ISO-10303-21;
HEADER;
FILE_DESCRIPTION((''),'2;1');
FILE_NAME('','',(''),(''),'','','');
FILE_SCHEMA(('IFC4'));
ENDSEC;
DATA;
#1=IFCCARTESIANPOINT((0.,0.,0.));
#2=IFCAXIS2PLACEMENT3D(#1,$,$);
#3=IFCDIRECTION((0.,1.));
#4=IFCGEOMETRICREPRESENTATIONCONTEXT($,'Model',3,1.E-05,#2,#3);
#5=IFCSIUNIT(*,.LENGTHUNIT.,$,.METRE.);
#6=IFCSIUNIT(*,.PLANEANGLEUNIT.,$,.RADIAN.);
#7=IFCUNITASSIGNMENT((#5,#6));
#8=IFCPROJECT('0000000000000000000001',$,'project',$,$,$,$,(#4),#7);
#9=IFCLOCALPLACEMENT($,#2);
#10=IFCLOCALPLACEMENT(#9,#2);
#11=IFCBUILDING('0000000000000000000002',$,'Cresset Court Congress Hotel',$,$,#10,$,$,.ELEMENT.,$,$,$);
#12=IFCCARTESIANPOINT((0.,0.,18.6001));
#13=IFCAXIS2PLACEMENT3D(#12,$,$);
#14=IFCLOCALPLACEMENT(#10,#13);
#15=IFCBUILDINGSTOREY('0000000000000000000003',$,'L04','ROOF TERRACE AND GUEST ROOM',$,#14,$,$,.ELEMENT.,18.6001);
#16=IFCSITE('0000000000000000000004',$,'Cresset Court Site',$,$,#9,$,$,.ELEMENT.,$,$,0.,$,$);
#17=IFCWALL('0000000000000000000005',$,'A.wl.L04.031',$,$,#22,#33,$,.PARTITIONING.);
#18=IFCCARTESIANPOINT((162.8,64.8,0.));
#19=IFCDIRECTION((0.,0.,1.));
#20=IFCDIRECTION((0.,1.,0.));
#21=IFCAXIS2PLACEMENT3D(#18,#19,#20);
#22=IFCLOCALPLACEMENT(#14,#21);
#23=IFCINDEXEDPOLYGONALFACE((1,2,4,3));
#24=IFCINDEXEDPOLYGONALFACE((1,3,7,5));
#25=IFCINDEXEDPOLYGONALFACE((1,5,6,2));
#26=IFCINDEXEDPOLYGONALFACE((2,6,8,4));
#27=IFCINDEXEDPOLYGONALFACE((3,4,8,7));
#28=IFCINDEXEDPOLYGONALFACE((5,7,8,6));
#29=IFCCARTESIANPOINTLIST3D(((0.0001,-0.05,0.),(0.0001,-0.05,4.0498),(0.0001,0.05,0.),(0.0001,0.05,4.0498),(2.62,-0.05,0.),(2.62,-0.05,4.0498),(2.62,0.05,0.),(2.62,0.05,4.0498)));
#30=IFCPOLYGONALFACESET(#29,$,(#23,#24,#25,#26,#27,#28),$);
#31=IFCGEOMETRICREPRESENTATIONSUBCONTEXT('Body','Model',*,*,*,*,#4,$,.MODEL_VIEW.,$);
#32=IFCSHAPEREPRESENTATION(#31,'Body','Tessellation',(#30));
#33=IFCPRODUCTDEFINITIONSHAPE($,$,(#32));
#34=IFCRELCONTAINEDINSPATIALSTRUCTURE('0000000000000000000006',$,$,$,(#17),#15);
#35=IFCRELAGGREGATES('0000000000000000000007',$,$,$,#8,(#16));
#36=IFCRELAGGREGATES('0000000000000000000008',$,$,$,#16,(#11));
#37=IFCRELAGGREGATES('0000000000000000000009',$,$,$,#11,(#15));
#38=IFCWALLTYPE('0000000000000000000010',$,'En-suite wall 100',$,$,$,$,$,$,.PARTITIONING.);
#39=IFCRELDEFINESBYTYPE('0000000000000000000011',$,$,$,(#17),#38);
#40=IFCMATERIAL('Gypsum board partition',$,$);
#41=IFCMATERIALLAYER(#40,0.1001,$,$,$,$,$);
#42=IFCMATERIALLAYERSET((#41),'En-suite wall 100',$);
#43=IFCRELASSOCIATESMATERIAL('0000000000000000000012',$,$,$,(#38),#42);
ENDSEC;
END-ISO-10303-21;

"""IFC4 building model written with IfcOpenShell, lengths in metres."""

from ifc_helpers import new_model, si_unit, direction, frame, frame_2d, origin, place, context, subcontext, project, spatial, rectangle, extrude, material, layer, layer_set, type_object, element, save


model = new_model("IFC4")

# Units and contexts
model_context = context("Model", 3, precision=1e-05, world=origin(), true_north=direction((0.0, 1.0)))
body_context = subcontext(model_context, "Body", "Model", "MODEL_VIEW")
ifc_project = project(units=[si_unit("LENGTHUNIT", "METRE"), si_unit("PLANEANGLEUNIT", "RADIAN")], contexts=[model_context])

# Site, building, storey
site_placement = place(None, origin())
site = spatial("IfcSite", under=ifc_project, at=site_placement, Name="Cresset Court Site", CompositionType="ELEMENT", RefElevation=0.0)
building_placement = place(site_placement, origin())
building = spatial("IfcBuilding", under=site, at=building_placement, Name="Cresset Court Congress Hotel", CompositionType="ELEMENT")
storey_placement = place(building_placement, frame((0.0, 0.0, 18.6001)))
storey = spatial("IfcBuildingStorey", under=building, at=storey_placement, Name="L04", Description="ROOF TERRACE AND GUEST ROOM", CompositionType="ELEMENT", Elevation=18.6001)

# Shared definitions
ifc_material_1 = material(Name="Gypsum board partition")
ifc_layer_1 = layer(ifc_material_1, 0.1001)
ifc_layer_set_1 = layer_set([ifc_layer_1], Name="En-suite wall 100")
wall_type_1 = type_object("IfcWallType", Name="En-suite wall 100", PredefinedType="PARTITIONING", material=ifc_layer_set_1)

# Wall
wall_1_placement = place(storey_placement, frame((162.8, 64.8, 0.0), z_axis=(0.0, 0.0, 1.0), x_axis=(0.0, 1.0, 0.0)))
element("IfcWall", 1, at=wall_1_placement, inside=storey, type_object=wall_type_1, Name="A.wl.L04.031", PredefinedType="PARTITIONING", context=body_context, shape_type="SweptSolid", body=[
    extrude(rectangle(XDim=2.6199, YDim=0.1001, at=frame_2d((1.3101, 0.0))), origin(), (0.0, 0.0, 1.0), 4.0498),
])

save(model, "model.ifc")
